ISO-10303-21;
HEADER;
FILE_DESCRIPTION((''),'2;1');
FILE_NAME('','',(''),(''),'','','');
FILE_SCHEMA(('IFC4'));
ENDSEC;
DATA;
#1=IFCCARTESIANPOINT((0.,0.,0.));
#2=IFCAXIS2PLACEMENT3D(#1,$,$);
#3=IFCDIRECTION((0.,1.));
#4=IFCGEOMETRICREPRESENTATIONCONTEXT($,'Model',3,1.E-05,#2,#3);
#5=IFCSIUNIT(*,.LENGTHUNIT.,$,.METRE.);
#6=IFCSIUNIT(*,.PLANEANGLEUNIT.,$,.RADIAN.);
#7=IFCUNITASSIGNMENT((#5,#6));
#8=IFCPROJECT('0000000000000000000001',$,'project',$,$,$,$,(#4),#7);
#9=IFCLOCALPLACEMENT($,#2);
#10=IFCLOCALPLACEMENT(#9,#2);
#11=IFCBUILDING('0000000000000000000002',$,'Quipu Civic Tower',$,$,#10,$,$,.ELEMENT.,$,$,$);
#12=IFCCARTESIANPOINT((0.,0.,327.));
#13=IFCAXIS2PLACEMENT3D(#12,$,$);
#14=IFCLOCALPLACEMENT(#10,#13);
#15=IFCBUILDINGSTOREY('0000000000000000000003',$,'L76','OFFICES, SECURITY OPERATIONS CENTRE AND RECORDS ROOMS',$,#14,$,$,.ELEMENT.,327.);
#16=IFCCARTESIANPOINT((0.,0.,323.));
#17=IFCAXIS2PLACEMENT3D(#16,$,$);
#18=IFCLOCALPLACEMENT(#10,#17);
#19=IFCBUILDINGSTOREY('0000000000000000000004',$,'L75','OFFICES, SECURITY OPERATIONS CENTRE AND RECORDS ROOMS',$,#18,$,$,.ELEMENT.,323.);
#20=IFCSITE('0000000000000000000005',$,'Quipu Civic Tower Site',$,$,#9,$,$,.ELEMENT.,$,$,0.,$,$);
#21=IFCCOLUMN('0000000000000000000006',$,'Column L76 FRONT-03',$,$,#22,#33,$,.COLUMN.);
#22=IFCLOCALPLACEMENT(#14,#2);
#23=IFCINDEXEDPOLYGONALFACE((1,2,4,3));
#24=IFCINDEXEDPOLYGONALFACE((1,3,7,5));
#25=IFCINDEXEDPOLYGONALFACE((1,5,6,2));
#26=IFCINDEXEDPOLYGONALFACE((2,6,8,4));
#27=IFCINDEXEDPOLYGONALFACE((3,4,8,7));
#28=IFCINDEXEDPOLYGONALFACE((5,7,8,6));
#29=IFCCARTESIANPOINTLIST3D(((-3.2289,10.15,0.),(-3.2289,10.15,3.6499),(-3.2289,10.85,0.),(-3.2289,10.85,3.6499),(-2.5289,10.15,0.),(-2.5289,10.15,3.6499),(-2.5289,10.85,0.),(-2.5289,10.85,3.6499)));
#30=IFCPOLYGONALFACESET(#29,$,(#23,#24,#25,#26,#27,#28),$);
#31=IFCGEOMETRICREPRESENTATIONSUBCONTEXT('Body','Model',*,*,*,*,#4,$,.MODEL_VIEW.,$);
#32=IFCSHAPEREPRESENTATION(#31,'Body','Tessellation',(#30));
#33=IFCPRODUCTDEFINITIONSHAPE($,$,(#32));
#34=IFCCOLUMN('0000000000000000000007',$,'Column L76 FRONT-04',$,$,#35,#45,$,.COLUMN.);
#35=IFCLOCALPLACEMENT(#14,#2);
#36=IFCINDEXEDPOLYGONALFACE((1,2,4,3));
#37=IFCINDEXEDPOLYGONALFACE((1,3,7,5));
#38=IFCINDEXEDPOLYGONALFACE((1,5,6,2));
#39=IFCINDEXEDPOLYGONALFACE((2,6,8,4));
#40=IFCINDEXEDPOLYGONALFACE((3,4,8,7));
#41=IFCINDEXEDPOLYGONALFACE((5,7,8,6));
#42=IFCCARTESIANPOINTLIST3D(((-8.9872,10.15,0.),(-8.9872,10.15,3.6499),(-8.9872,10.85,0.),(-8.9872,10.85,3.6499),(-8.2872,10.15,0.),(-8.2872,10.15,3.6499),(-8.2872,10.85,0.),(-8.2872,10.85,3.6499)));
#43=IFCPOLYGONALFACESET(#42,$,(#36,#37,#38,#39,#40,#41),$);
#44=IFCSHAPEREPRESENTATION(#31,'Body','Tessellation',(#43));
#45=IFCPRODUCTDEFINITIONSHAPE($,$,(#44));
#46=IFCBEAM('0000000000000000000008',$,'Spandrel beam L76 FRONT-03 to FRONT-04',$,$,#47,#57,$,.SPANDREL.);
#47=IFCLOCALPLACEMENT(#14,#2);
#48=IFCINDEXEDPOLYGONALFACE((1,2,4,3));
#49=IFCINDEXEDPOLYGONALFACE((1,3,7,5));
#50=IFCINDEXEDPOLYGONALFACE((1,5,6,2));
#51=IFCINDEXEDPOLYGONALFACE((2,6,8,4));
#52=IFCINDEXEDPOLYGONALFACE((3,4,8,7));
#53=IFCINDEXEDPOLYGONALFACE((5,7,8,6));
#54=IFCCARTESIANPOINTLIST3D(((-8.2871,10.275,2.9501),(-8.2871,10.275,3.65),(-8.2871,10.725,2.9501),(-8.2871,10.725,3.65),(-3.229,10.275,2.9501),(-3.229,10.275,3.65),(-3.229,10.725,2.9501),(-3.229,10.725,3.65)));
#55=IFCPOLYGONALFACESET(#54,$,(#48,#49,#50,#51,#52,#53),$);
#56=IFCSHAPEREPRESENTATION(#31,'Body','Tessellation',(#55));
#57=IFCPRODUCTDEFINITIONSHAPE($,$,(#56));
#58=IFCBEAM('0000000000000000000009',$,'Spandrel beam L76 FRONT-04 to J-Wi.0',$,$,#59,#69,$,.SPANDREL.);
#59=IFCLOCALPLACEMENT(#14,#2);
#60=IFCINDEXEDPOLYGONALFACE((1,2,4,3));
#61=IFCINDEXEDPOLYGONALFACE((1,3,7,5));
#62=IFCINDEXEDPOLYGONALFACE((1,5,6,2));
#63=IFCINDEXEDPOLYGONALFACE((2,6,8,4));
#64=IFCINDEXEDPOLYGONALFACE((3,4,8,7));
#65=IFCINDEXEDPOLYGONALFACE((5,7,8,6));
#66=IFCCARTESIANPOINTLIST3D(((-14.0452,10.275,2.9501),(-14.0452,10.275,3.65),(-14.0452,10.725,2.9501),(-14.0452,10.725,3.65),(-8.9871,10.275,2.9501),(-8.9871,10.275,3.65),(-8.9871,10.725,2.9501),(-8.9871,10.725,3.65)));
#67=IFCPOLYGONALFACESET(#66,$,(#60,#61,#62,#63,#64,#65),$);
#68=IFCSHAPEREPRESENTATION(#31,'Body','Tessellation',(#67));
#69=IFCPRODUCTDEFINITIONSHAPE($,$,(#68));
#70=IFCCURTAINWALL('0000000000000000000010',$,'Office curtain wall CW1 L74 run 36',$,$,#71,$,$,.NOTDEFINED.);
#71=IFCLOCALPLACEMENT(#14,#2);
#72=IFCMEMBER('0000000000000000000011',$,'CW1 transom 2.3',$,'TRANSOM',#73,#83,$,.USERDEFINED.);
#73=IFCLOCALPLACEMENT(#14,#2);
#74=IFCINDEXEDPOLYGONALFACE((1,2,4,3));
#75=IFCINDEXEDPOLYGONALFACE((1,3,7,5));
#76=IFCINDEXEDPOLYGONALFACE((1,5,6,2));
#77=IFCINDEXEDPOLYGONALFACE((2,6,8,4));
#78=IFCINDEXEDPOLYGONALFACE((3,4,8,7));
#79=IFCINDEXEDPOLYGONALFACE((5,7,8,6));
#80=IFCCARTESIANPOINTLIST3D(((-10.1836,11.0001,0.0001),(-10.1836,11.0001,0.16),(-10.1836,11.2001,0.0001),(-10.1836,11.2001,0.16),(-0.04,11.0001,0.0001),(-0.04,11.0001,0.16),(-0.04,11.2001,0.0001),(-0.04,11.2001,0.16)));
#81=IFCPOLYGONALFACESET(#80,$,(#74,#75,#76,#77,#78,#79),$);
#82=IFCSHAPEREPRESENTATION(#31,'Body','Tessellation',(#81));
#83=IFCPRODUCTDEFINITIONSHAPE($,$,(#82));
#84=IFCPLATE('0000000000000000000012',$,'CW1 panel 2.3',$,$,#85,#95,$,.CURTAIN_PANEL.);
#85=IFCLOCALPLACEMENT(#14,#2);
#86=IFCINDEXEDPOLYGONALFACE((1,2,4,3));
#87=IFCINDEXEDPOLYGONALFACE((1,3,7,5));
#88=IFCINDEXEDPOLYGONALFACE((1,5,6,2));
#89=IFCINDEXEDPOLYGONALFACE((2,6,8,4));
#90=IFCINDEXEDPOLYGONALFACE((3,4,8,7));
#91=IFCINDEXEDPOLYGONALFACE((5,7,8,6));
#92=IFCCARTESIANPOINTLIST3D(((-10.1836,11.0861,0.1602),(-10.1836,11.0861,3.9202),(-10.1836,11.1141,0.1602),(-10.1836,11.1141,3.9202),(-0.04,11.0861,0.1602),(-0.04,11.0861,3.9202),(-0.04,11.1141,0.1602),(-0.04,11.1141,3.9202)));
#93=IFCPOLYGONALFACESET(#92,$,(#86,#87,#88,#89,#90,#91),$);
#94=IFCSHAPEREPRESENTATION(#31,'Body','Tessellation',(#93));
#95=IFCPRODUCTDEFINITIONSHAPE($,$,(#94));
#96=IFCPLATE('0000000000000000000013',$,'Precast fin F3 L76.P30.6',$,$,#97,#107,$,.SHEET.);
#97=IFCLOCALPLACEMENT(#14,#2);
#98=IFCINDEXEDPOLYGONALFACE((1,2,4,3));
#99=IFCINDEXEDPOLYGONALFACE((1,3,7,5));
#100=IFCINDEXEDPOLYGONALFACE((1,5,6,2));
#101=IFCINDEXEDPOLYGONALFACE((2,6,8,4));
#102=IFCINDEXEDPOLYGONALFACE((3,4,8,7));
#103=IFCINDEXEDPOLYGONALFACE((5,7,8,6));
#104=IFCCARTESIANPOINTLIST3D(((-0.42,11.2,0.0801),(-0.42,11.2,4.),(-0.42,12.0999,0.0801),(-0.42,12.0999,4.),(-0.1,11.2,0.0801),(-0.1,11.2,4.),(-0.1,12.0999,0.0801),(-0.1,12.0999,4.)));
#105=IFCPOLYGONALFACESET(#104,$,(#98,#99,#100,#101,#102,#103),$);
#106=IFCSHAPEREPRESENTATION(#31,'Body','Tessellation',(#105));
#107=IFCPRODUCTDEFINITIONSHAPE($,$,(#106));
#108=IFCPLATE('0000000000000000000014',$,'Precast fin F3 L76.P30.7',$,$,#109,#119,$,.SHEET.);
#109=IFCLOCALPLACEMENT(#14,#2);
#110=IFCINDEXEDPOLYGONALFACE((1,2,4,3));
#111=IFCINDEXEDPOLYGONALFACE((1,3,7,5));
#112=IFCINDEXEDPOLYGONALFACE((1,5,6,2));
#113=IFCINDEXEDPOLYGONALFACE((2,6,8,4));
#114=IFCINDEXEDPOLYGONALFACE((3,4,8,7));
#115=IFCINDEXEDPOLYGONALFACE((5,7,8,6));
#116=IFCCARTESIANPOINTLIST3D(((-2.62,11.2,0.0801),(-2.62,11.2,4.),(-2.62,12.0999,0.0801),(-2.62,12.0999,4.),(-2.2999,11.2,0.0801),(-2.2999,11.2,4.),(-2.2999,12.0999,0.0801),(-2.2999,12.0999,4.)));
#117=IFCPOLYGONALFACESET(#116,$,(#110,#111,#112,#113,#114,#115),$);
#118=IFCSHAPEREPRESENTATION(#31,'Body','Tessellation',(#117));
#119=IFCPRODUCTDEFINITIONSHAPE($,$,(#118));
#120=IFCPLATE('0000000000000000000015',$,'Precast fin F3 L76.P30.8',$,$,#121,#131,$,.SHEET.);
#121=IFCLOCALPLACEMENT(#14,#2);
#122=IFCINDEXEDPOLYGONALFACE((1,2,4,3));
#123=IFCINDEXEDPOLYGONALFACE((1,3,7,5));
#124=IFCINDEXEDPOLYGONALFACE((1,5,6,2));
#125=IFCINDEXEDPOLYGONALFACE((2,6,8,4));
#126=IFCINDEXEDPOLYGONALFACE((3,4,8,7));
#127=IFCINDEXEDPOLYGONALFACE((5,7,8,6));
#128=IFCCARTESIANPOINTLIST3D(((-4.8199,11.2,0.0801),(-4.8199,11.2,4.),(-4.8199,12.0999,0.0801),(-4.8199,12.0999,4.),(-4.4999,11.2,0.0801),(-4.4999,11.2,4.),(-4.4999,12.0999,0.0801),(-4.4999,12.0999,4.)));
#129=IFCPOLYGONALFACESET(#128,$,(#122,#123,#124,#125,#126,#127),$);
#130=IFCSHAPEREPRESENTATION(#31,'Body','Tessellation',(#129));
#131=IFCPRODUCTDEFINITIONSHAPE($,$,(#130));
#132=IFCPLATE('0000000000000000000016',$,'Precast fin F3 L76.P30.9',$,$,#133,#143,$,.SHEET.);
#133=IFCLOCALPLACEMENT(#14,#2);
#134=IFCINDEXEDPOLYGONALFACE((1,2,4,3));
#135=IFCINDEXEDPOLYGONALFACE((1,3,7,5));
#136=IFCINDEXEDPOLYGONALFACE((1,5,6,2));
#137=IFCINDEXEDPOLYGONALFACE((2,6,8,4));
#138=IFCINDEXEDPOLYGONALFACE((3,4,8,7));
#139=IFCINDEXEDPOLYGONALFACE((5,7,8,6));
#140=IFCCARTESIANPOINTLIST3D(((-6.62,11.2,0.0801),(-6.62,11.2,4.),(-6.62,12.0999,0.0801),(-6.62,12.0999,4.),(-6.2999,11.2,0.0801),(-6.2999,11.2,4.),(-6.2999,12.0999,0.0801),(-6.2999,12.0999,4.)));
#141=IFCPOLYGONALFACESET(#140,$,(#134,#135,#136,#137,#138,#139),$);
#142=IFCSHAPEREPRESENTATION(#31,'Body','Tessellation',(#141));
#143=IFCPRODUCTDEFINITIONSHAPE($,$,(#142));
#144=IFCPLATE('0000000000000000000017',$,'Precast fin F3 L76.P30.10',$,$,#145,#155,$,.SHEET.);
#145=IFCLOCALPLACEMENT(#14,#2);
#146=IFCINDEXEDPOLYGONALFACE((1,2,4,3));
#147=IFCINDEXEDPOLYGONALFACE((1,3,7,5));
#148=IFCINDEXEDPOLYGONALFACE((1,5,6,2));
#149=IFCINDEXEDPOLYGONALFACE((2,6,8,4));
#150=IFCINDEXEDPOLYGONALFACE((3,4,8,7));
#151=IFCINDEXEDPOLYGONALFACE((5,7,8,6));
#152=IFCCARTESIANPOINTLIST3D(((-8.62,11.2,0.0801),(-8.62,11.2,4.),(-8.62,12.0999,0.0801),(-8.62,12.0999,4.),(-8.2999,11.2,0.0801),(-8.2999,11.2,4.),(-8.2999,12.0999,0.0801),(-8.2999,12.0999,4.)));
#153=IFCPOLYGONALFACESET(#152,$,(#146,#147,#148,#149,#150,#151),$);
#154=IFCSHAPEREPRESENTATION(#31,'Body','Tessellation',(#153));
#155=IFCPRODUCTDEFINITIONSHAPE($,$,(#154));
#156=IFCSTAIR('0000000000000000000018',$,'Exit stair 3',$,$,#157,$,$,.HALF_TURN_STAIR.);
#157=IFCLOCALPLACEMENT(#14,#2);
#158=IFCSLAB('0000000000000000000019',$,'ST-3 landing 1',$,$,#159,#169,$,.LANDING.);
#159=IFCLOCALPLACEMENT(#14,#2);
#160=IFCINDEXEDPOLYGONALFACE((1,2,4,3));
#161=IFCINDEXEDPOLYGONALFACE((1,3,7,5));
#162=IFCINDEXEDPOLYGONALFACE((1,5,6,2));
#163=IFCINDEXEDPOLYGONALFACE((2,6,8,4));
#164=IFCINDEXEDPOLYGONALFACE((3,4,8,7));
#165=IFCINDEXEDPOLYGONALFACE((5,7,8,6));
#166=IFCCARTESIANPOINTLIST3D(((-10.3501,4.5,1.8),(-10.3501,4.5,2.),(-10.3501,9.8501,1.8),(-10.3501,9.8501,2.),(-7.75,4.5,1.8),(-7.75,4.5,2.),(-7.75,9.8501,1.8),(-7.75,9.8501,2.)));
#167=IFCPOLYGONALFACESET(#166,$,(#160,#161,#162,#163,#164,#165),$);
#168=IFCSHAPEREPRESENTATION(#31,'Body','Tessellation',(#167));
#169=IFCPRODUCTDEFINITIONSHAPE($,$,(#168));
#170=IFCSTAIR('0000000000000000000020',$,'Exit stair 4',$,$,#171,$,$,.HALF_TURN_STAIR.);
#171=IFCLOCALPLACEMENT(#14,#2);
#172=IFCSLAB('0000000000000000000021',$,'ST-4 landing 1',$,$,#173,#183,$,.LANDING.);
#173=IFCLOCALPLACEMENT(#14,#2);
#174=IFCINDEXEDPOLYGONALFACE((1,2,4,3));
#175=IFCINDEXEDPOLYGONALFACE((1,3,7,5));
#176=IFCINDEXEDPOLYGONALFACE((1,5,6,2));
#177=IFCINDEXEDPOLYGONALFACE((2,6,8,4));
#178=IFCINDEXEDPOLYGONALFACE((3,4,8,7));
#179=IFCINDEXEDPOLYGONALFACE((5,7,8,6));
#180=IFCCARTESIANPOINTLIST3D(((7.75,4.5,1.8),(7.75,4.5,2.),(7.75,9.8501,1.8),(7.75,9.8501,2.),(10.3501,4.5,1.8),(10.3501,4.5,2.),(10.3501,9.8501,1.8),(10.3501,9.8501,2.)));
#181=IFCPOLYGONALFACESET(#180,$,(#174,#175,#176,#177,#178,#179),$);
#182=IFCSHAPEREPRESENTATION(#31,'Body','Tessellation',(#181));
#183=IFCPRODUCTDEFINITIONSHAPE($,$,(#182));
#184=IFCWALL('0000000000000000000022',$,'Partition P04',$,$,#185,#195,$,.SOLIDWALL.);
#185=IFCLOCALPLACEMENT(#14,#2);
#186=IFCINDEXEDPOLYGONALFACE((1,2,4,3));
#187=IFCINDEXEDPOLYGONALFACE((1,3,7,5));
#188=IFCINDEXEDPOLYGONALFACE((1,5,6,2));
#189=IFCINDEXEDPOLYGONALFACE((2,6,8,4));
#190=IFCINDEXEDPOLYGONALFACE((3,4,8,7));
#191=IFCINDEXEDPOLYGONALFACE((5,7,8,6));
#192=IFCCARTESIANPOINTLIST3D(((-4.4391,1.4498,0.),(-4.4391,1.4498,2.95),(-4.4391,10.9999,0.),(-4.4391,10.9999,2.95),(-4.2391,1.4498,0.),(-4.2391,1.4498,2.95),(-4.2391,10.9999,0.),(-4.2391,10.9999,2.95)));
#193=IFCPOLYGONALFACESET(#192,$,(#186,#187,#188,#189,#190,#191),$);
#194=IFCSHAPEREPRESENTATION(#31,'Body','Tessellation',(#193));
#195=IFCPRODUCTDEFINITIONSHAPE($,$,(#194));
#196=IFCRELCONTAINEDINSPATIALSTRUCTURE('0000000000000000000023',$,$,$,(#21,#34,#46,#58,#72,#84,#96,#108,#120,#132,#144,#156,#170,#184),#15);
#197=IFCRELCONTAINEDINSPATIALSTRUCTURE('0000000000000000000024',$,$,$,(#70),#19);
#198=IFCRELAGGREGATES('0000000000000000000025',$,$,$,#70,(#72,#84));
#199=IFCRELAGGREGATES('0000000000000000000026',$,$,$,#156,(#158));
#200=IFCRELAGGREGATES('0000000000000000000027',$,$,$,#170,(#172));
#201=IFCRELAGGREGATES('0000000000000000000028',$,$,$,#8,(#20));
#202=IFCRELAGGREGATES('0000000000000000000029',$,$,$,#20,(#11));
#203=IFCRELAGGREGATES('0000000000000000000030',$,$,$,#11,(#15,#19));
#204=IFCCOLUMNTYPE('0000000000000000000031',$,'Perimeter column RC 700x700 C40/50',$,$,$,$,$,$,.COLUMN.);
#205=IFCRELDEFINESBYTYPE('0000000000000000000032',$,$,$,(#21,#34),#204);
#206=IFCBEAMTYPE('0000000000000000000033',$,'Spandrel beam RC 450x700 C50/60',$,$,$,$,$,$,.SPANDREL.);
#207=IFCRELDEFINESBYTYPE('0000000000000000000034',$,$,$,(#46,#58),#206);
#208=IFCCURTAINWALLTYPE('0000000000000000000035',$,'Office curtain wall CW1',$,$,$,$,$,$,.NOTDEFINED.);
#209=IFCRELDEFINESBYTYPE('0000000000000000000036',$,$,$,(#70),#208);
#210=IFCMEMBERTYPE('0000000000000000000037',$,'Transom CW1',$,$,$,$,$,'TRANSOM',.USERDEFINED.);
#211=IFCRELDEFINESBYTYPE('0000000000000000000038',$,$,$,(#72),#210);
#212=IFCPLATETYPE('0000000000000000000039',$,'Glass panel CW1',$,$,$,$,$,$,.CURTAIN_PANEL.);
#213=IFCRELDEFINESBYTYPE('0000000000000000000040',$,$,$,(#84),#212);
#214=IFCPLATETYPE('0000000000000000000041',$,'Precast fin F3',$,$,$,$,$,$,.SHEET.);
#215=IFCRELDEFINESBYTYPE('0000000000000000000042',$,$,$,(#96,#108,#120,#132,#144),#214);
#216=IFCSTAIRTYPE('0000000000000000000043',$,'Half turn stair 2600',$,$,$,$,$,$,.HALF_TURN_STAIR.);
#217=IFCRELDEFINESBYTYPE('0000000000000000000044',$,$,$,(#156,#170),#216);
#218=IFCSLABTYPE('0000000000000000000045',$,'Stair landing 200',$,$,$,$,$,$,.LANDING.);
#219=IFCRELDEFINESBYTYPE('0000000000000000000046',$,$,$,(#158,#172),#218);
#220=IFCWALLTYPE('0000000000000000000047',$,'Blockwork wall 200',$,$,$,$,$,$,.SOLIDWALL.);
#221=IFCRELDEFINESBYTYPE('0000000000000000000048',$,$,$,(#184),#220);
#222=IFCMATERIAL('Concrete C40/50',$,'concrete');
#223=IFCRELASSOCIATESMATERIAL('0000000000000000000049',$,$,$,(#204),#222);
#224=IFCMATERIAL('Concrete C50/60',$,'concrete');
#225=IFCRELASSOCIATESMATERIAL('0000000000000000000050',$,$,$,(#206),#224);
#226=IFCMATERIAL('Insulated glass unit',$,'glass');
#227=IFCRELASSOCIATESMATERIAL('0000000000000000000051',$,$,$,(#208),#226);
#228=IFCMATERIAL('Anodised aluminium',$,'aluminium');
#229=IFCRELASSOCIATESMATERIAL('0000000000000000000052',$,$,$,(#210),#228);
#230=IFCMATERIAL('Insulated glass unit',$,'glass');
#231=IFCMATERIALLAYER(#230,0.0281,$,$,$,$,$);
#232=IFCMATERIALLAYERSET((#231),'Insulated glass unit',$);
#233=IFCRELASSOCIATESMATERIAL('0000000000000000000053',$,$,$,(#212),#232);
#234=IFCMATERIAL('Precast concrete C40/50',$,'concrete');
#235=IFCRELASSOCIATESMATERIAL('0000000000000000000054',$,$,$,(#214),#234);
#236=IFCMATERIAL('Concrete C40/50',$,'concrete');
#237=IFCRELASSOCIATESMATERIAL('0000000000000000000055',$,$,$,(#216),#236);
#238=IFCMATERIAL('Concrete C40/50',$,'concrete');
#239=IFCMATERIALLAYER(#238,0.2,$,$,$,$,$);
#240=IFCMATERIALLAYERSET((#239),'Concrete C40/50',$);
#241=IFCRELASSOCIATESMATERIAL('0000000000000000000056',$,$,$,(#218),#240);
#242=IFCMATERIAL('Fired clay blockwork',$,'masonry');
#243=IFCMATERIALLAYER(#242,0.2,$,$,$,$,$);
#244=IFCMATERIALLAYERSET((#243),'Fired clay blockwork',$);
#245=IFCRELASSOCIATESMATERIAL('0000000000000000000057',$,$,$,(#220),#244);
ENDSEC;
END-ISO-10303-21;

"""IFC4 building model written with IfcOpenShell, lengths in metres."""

from ifc_helpers import new_model, si_unit, direction, frame, frame_2d, origin, origin_2d, place, context, subcontext, project, spatial, polyline, rectangle, outline, extrude, material, layer, layer_set, material_profile, profile_set, type_object, element, aggregate, save


model = new_model("IFC4")

# Units and contexts
model_context = context("Model", 3, precision=1e-05, world=origin(), true_north=direction((0.0, 1.0)))
body_context = subcontext(model_context, "Body", "Model", "MODEL_VIEW")
ifc_project = project(units=[si_unit("LENGTHUNIT", "METRE"), si_unit("PLANEANGLEUNIT", "RADIAN")], contexts=[model_context])

# Site, building, storey
site_placement = place(None, origin())
site = spatial("IfcSite", under=ifc_project, at=site_placement, Name="Quipu Civic Tower Site", CompositionType="ELEMENT", RefElevation=0.0)
building_placement = place(site_placement, origin())
building = spatial("IfcBuilding", under=site, at=building_placement, Name="Quipu Civic Tower", CompositionType="ELEMENT")
storey_1_placement = place(building_placement, frame((0.0, 0.0, 327.0)))
storey_1 = spatial("IfcBuildingStorey", under=building, at=storey_1_placement, Name="L76", Description="OFFICES, SECURITY OPERATIONS CENTRE AND RECORDS ROOMS", CompositionType="ELEMENT", Elevation=327.0)

# Columns
ifc_material_1 = material(Name="Concrete C40/50", Category="concrete")
ifc_material_profile_1 = material_profile(ifc_material_1, rectangle(XDim=0.7, YDim=0.7, at=origin_2d()), Name="RC700x700")
ifc_profile_set_1 = profile_set([ifc_material_profile_1], Name="Concrete C40/50")
column_type = type_object("IfcColumnType", Name="Perimeter column RC 700x700 C40/50", PredefinedType="COLUMN", material=ifc_profile_set_1)
for number, where, z_axis, x_axis, name in (
    (1, (-2.8789, 10.5, 0.0), (0.0, 0.0, 1.0), (-1.0, 0.0, 0.0), "Column L76 FRONT-03"),
    (2, (-8.6372, 10.5, 0.0), (0.0, 0.0, 1.0), (-1.0, 0.0, 0.0), "Column L76 FRONT-04"),
):
    element("IfcColumn", number, at=place(storey_1_placement, frame(where, z_axis=z_axis, x_axis=x_axis)), inside=storey_1, type_object=column_type, Name=name, PredefinedType="COLUMN", context=body_context, shape_type="SweptSolid", body=[
        extrude(rectangle(XDim=0.7, YDim=0.7, at=origin_2d()), origin(), (0.0, 0.0, 1.0), 3.6499),
    ])

# Beams
ifc_material_2 = material(Name="Concrete C50/60", Category="concrete")
ifc_material_profile_2 = material_profile(ifc_material_2, rectangle(XDim=0.45, YDim=0.7, at=origin_2d()), Name="RC450x700")
ifc_profile_set_2 = profile_set([ifc_material_profile_2], Name="Concrete C50/60")
beam_type = type_object("IfcBeamType", Name="Spandrel beam RC 450x700 C50/60", PredefinedType="SPANDREL", material=ifc_profile_set_2)
for number, where, z_axis, x_axis, name in (
    (3, (-3.229, 10.5, 3.3), (-1.0, 0.0, 0.0), (0.0, -1.0, 0.0), "Spandrel beam L76 FRONT-03 to FRONT-04"),
    (4, (-8.9871, 10.5, 3.3), (-1.0, 0.0, 0.0), (0.0, -1.0, 0.0), "Spandrel beam L76 FRONT-04 to J-Wi.0"),
):
    element("IfcBeam", number, at=place(storey_1_placement, frame(where, z_axis=z_axis, x_axis=x_axis)), inside=storey_1, type_object=beam_type, Name=name, PredefinedType="SPANDREL", context=body_context, shape_type="SweptSolid", body=[
        extrude(rectangle(XDim=0.45, YDim=0.7, at=origin_2d()), origin(), (0.0, 0.0, 1.0), 5.0581),
    ])

# Shared definitions
storey_2_placement = place(building_placement, frame((0.0, 0.0, 323.0)))
storey_2 = spatial("IfcBuildingStorey", under=building, at=storey_2_placement, Name="L75", Description="OFFICES, SECURITY OPERATIONS CENTRE AND RECORDS ROOMS", CompositionType="ELEMENT", Elevation=323.0)

# Curtain wall, member, plate
ifc_material_3 = material(Name="Insulated glass unit", Category="glass")
curtain_wall_type = type_object("IfcCurtainWallType", Name="Office curtain wall CW1", PredefinedType="NOTDEFINED", material=ifc_material_3)
curtain_wall_placement = place(storey_2_placement, origin())
curtain_wall = element("IfcCurtainWall", 5, at=curtain_wall_placement, inside=storey_2, type_object=curtain_wall_type, Name="Office curtain wall CW1 L74 run 36", PredefinedType="NOTDEFINED")
ifc_material_4 = material(Name="Anodised aluminium", Category="aluminium")
ifc_material_profile_3 = material_profile(ifc_material_4, rectangle(XDim=0.2, YDim=0.1599, at=origin_2d()), Name="RECT 200x160")
ifc_profile_set_3 = profile_set([ifc_material_profile_3], Name="Anodised aluminium")
member_type = type_object("IfcMemberType", Name="Transom CW1", ElementType="TRANSOM", PredefinedType="USERDEFINED", material=ifc_profile_set_3)
member_placement = place(storey_1_placement, frame((-0.04, 11.1001, 0.0801), z_axis=(-1.0, 0.0, 0.0), x_axis=(0.0, -1.0, 0.0)))
member = element("IfcMember", 6, at=member_placement, inside=storey_1, type_object=member_type, Name="CW1 transom 2.3", ObjectType="TRANSOM", PredefinedType="USERDEFINED", context=body_context, shape_type="SweptSolid", body=[
    extrude(rectangle(XDim=0.2, YDim=0.1599, at=origin_2d()), origin(), (0.0, 0.0, 1.0), 10.1436),
])
ifc_material_5 = material(Name="Insulated glass unit", Category="glass")
ifc_layer_1 = layer(ifc_material_5, 0.0281)
ifc_layer_set_1 = layer_set([ifc_layer_1], Name="Insulated glass unit")
plate_type_1 = type_object("IfcPlateType", Name="Glass panel CW1", PredefinedType="CURTAIN_PANEL", material=ifc_layer_set_1)
plate_placement = place(storey_1_placement, frame((-5.1118, 11.1001, 0.1602), z_axis=(0.0, 0.0, 1.0), x_axis=(-1.0, 0.0, 0.0)))
plate = element("IfcPlate", 7, at=plate_placement, inside=storey_1, type_object=plate_type_1, Name="CW1 panel 2.3", PredefinedType="CURTAIN_PANEL", context=body_context, shape_type="SweptSolid", body=[
    extrude(rectangle(XDim=10.1436, YDim=0.0281, at=origin_2d()), origin(), (0.0, 0.0, 1.0), 3.76),
])
aggregate(curtain_wall, [member, plate])

# Plates
ifc_material_6 = material(Name="Precast concrete C40/50", Category="concrete")
plate_type_2 = type_object("IfcPlateType", Name="Precast fin F3", PredefinedType="SHEET", material=ifc_material_6)
for number, where, z_axis, x_axis, name in (
    (8, (-0.26, 11.6499, 0.0801), (0.0, 0.0, 1.0), (-1.0, 0.0, 0.0), "Precast fin F3 L76.P30.6"),
    (9, (-2.46, 11.6499, 0.0801), (0.0, 0.0, 1.0), (-1.0, 0.0, 0.0), "Precast fin F3 L76.P30.7"),
    (10, (-4.6599, 11.6499, 0.0801), (0.0, 0.0, 1.0), (-1.0, 0.0, 0.0), "Precast fin F3 L76.P30.8"),
    (11, (-6.46, 11.6499, 0.0801), (0.0, 0.0, 1.0), (-1.0, 0.0, 0.0), "Precast fin F3 L76.P30.9"),
    (12, (-8.46, 11.6499, 0.0801), (0.0, 0.0, 1.0), (-1.0, 0.0, 0.0), "Precast fin F3 L76.P30.10"),
):
    element("IfcPlate", number, at=place(storey_1_placement, frame(where, z_axis=z_axis, x_axis=x_axis)), inside=storey_1, type_object=plate_type_2, Name=name, PredefinedType="SHEET", context=body_context, shape_type="SweptSolid", body=[
        extrude(rectangle(XDim=0.3201, YDim=0.8999, at=origin_2d()), origin(), (0.0, 0.0, 1.0), 3.9199),
    ])

# Stairs, slabs
ifc_material_7 = material(Name="Concrete C40/50", Category="concrete")
stair_type = type_object("IfcStairType", Name="Half turn stair 2600", PredefinedType="HALF_TURN_STAIR", material=ifc_material_7)
stair_1_placement = place(storey_1_placement, origin())
stair_1 = element("IfcStair", 13, at=stair_1_placement, inside=storey_1, type_object=stair_type, Name="Exit stair 3", PredefinedType="HALF_TURN_STAIR")
ifc_material_8 = material(Name="Concrete C40/50", Category="concrete")
ifc_layer_2 = layer(ifc_material_8, 0.2)
ifc_layer_set_2 = layer_set([ifc_layer_2], Name="Concrete C40/50")
slab_type = type_object("IfcSlabType", Name="Stair landing 200", PredefinedType="LANDING", material=ifc_layer_set_2)
slab_1_placement = place(storey_1_placement, frame((0.0, 0.0, 1.8)))
slab_1 = element("IfcSlab", 14, at=slab_1_placement, type_object=slab_type, Name="ST-3 landing 1", PredefinedType="LANDING", context=body_context, shape_type="SweptSolid", body=[
    extrude(outline(polyline([(-10.3501, 4.5), (-7.75, 4.5), (-7.75, 9.8501), (-10.3501, 9.8501), (-10.3501, 4.5)])), origin(), (0.0, 0.0, 1.0), 0.2),
])
aggregate(stair_1, [slab_1])
stair_2_placement = place(storey_1_placement, origin())
stair_2 = element("IfcStair", 15, at=stair_2_placement, inside=storey_1, type_object=stair_type, Name="Exit stair 4", PredefinedType="HALF_TURN_STAIR")
slab_2_placement = place(storey_1_placement, frame((0.0, 0.0, 1.8)))
slab_2 = element("IfcSlab", 16, at=slab_2_placement, type_object=slab_type, Name="ST-4 landing 1", PredefinedType="LANDING", context=body_context, shape_type="SweptSolid", body=[
    extrude(outline(polyline([(10.3501, 9.8501), (7.75, 9.8501), (7.75, 4.5), (10.3501, 4.5), (10.3501, 9.8501)])), origin(), (0.0, 0.0, 1.0), 0.2),
])
aggregate(stair_2, [slab_2])

# Wall
ifc_material_9 = material(Name="Fired clay blockwork", Category="masonry")
ifc_layer_3 = layer(ifc_material_9, 0.2)
ifc_layer_set_3 = layer_set([ifc_layer_3], Name="Fired clay blockwork")
wall_type_1 = type_object("IfcWallType", Name="Blockwork wall 200", PredefinedType="SOLIDWALL", material=ifc_layer_set_3)
wall_1_placement = place(storey_1_placement, frame((-4.3391, 1.45, 0.0), z_axis=(0.0, 0.0, 1.0), x_axis=(0.0, 1.0, 0.0)))
element("IfcWall", 17, at=wall_1_placement, inside=storey_1, type_object=wall_type_1, Name="Partition P04", PredefinedType="SOLIDWALL", context=body_context, shape_type="SweptSolid", body=[
    extrude(rectangle(XDim=9.55, YDim=0.2, at=frame_2d((4.7749, 0.0))), origin(), (0.0, 0.0, 1.0), 2.95),
])

save(model, "model.ifc")
